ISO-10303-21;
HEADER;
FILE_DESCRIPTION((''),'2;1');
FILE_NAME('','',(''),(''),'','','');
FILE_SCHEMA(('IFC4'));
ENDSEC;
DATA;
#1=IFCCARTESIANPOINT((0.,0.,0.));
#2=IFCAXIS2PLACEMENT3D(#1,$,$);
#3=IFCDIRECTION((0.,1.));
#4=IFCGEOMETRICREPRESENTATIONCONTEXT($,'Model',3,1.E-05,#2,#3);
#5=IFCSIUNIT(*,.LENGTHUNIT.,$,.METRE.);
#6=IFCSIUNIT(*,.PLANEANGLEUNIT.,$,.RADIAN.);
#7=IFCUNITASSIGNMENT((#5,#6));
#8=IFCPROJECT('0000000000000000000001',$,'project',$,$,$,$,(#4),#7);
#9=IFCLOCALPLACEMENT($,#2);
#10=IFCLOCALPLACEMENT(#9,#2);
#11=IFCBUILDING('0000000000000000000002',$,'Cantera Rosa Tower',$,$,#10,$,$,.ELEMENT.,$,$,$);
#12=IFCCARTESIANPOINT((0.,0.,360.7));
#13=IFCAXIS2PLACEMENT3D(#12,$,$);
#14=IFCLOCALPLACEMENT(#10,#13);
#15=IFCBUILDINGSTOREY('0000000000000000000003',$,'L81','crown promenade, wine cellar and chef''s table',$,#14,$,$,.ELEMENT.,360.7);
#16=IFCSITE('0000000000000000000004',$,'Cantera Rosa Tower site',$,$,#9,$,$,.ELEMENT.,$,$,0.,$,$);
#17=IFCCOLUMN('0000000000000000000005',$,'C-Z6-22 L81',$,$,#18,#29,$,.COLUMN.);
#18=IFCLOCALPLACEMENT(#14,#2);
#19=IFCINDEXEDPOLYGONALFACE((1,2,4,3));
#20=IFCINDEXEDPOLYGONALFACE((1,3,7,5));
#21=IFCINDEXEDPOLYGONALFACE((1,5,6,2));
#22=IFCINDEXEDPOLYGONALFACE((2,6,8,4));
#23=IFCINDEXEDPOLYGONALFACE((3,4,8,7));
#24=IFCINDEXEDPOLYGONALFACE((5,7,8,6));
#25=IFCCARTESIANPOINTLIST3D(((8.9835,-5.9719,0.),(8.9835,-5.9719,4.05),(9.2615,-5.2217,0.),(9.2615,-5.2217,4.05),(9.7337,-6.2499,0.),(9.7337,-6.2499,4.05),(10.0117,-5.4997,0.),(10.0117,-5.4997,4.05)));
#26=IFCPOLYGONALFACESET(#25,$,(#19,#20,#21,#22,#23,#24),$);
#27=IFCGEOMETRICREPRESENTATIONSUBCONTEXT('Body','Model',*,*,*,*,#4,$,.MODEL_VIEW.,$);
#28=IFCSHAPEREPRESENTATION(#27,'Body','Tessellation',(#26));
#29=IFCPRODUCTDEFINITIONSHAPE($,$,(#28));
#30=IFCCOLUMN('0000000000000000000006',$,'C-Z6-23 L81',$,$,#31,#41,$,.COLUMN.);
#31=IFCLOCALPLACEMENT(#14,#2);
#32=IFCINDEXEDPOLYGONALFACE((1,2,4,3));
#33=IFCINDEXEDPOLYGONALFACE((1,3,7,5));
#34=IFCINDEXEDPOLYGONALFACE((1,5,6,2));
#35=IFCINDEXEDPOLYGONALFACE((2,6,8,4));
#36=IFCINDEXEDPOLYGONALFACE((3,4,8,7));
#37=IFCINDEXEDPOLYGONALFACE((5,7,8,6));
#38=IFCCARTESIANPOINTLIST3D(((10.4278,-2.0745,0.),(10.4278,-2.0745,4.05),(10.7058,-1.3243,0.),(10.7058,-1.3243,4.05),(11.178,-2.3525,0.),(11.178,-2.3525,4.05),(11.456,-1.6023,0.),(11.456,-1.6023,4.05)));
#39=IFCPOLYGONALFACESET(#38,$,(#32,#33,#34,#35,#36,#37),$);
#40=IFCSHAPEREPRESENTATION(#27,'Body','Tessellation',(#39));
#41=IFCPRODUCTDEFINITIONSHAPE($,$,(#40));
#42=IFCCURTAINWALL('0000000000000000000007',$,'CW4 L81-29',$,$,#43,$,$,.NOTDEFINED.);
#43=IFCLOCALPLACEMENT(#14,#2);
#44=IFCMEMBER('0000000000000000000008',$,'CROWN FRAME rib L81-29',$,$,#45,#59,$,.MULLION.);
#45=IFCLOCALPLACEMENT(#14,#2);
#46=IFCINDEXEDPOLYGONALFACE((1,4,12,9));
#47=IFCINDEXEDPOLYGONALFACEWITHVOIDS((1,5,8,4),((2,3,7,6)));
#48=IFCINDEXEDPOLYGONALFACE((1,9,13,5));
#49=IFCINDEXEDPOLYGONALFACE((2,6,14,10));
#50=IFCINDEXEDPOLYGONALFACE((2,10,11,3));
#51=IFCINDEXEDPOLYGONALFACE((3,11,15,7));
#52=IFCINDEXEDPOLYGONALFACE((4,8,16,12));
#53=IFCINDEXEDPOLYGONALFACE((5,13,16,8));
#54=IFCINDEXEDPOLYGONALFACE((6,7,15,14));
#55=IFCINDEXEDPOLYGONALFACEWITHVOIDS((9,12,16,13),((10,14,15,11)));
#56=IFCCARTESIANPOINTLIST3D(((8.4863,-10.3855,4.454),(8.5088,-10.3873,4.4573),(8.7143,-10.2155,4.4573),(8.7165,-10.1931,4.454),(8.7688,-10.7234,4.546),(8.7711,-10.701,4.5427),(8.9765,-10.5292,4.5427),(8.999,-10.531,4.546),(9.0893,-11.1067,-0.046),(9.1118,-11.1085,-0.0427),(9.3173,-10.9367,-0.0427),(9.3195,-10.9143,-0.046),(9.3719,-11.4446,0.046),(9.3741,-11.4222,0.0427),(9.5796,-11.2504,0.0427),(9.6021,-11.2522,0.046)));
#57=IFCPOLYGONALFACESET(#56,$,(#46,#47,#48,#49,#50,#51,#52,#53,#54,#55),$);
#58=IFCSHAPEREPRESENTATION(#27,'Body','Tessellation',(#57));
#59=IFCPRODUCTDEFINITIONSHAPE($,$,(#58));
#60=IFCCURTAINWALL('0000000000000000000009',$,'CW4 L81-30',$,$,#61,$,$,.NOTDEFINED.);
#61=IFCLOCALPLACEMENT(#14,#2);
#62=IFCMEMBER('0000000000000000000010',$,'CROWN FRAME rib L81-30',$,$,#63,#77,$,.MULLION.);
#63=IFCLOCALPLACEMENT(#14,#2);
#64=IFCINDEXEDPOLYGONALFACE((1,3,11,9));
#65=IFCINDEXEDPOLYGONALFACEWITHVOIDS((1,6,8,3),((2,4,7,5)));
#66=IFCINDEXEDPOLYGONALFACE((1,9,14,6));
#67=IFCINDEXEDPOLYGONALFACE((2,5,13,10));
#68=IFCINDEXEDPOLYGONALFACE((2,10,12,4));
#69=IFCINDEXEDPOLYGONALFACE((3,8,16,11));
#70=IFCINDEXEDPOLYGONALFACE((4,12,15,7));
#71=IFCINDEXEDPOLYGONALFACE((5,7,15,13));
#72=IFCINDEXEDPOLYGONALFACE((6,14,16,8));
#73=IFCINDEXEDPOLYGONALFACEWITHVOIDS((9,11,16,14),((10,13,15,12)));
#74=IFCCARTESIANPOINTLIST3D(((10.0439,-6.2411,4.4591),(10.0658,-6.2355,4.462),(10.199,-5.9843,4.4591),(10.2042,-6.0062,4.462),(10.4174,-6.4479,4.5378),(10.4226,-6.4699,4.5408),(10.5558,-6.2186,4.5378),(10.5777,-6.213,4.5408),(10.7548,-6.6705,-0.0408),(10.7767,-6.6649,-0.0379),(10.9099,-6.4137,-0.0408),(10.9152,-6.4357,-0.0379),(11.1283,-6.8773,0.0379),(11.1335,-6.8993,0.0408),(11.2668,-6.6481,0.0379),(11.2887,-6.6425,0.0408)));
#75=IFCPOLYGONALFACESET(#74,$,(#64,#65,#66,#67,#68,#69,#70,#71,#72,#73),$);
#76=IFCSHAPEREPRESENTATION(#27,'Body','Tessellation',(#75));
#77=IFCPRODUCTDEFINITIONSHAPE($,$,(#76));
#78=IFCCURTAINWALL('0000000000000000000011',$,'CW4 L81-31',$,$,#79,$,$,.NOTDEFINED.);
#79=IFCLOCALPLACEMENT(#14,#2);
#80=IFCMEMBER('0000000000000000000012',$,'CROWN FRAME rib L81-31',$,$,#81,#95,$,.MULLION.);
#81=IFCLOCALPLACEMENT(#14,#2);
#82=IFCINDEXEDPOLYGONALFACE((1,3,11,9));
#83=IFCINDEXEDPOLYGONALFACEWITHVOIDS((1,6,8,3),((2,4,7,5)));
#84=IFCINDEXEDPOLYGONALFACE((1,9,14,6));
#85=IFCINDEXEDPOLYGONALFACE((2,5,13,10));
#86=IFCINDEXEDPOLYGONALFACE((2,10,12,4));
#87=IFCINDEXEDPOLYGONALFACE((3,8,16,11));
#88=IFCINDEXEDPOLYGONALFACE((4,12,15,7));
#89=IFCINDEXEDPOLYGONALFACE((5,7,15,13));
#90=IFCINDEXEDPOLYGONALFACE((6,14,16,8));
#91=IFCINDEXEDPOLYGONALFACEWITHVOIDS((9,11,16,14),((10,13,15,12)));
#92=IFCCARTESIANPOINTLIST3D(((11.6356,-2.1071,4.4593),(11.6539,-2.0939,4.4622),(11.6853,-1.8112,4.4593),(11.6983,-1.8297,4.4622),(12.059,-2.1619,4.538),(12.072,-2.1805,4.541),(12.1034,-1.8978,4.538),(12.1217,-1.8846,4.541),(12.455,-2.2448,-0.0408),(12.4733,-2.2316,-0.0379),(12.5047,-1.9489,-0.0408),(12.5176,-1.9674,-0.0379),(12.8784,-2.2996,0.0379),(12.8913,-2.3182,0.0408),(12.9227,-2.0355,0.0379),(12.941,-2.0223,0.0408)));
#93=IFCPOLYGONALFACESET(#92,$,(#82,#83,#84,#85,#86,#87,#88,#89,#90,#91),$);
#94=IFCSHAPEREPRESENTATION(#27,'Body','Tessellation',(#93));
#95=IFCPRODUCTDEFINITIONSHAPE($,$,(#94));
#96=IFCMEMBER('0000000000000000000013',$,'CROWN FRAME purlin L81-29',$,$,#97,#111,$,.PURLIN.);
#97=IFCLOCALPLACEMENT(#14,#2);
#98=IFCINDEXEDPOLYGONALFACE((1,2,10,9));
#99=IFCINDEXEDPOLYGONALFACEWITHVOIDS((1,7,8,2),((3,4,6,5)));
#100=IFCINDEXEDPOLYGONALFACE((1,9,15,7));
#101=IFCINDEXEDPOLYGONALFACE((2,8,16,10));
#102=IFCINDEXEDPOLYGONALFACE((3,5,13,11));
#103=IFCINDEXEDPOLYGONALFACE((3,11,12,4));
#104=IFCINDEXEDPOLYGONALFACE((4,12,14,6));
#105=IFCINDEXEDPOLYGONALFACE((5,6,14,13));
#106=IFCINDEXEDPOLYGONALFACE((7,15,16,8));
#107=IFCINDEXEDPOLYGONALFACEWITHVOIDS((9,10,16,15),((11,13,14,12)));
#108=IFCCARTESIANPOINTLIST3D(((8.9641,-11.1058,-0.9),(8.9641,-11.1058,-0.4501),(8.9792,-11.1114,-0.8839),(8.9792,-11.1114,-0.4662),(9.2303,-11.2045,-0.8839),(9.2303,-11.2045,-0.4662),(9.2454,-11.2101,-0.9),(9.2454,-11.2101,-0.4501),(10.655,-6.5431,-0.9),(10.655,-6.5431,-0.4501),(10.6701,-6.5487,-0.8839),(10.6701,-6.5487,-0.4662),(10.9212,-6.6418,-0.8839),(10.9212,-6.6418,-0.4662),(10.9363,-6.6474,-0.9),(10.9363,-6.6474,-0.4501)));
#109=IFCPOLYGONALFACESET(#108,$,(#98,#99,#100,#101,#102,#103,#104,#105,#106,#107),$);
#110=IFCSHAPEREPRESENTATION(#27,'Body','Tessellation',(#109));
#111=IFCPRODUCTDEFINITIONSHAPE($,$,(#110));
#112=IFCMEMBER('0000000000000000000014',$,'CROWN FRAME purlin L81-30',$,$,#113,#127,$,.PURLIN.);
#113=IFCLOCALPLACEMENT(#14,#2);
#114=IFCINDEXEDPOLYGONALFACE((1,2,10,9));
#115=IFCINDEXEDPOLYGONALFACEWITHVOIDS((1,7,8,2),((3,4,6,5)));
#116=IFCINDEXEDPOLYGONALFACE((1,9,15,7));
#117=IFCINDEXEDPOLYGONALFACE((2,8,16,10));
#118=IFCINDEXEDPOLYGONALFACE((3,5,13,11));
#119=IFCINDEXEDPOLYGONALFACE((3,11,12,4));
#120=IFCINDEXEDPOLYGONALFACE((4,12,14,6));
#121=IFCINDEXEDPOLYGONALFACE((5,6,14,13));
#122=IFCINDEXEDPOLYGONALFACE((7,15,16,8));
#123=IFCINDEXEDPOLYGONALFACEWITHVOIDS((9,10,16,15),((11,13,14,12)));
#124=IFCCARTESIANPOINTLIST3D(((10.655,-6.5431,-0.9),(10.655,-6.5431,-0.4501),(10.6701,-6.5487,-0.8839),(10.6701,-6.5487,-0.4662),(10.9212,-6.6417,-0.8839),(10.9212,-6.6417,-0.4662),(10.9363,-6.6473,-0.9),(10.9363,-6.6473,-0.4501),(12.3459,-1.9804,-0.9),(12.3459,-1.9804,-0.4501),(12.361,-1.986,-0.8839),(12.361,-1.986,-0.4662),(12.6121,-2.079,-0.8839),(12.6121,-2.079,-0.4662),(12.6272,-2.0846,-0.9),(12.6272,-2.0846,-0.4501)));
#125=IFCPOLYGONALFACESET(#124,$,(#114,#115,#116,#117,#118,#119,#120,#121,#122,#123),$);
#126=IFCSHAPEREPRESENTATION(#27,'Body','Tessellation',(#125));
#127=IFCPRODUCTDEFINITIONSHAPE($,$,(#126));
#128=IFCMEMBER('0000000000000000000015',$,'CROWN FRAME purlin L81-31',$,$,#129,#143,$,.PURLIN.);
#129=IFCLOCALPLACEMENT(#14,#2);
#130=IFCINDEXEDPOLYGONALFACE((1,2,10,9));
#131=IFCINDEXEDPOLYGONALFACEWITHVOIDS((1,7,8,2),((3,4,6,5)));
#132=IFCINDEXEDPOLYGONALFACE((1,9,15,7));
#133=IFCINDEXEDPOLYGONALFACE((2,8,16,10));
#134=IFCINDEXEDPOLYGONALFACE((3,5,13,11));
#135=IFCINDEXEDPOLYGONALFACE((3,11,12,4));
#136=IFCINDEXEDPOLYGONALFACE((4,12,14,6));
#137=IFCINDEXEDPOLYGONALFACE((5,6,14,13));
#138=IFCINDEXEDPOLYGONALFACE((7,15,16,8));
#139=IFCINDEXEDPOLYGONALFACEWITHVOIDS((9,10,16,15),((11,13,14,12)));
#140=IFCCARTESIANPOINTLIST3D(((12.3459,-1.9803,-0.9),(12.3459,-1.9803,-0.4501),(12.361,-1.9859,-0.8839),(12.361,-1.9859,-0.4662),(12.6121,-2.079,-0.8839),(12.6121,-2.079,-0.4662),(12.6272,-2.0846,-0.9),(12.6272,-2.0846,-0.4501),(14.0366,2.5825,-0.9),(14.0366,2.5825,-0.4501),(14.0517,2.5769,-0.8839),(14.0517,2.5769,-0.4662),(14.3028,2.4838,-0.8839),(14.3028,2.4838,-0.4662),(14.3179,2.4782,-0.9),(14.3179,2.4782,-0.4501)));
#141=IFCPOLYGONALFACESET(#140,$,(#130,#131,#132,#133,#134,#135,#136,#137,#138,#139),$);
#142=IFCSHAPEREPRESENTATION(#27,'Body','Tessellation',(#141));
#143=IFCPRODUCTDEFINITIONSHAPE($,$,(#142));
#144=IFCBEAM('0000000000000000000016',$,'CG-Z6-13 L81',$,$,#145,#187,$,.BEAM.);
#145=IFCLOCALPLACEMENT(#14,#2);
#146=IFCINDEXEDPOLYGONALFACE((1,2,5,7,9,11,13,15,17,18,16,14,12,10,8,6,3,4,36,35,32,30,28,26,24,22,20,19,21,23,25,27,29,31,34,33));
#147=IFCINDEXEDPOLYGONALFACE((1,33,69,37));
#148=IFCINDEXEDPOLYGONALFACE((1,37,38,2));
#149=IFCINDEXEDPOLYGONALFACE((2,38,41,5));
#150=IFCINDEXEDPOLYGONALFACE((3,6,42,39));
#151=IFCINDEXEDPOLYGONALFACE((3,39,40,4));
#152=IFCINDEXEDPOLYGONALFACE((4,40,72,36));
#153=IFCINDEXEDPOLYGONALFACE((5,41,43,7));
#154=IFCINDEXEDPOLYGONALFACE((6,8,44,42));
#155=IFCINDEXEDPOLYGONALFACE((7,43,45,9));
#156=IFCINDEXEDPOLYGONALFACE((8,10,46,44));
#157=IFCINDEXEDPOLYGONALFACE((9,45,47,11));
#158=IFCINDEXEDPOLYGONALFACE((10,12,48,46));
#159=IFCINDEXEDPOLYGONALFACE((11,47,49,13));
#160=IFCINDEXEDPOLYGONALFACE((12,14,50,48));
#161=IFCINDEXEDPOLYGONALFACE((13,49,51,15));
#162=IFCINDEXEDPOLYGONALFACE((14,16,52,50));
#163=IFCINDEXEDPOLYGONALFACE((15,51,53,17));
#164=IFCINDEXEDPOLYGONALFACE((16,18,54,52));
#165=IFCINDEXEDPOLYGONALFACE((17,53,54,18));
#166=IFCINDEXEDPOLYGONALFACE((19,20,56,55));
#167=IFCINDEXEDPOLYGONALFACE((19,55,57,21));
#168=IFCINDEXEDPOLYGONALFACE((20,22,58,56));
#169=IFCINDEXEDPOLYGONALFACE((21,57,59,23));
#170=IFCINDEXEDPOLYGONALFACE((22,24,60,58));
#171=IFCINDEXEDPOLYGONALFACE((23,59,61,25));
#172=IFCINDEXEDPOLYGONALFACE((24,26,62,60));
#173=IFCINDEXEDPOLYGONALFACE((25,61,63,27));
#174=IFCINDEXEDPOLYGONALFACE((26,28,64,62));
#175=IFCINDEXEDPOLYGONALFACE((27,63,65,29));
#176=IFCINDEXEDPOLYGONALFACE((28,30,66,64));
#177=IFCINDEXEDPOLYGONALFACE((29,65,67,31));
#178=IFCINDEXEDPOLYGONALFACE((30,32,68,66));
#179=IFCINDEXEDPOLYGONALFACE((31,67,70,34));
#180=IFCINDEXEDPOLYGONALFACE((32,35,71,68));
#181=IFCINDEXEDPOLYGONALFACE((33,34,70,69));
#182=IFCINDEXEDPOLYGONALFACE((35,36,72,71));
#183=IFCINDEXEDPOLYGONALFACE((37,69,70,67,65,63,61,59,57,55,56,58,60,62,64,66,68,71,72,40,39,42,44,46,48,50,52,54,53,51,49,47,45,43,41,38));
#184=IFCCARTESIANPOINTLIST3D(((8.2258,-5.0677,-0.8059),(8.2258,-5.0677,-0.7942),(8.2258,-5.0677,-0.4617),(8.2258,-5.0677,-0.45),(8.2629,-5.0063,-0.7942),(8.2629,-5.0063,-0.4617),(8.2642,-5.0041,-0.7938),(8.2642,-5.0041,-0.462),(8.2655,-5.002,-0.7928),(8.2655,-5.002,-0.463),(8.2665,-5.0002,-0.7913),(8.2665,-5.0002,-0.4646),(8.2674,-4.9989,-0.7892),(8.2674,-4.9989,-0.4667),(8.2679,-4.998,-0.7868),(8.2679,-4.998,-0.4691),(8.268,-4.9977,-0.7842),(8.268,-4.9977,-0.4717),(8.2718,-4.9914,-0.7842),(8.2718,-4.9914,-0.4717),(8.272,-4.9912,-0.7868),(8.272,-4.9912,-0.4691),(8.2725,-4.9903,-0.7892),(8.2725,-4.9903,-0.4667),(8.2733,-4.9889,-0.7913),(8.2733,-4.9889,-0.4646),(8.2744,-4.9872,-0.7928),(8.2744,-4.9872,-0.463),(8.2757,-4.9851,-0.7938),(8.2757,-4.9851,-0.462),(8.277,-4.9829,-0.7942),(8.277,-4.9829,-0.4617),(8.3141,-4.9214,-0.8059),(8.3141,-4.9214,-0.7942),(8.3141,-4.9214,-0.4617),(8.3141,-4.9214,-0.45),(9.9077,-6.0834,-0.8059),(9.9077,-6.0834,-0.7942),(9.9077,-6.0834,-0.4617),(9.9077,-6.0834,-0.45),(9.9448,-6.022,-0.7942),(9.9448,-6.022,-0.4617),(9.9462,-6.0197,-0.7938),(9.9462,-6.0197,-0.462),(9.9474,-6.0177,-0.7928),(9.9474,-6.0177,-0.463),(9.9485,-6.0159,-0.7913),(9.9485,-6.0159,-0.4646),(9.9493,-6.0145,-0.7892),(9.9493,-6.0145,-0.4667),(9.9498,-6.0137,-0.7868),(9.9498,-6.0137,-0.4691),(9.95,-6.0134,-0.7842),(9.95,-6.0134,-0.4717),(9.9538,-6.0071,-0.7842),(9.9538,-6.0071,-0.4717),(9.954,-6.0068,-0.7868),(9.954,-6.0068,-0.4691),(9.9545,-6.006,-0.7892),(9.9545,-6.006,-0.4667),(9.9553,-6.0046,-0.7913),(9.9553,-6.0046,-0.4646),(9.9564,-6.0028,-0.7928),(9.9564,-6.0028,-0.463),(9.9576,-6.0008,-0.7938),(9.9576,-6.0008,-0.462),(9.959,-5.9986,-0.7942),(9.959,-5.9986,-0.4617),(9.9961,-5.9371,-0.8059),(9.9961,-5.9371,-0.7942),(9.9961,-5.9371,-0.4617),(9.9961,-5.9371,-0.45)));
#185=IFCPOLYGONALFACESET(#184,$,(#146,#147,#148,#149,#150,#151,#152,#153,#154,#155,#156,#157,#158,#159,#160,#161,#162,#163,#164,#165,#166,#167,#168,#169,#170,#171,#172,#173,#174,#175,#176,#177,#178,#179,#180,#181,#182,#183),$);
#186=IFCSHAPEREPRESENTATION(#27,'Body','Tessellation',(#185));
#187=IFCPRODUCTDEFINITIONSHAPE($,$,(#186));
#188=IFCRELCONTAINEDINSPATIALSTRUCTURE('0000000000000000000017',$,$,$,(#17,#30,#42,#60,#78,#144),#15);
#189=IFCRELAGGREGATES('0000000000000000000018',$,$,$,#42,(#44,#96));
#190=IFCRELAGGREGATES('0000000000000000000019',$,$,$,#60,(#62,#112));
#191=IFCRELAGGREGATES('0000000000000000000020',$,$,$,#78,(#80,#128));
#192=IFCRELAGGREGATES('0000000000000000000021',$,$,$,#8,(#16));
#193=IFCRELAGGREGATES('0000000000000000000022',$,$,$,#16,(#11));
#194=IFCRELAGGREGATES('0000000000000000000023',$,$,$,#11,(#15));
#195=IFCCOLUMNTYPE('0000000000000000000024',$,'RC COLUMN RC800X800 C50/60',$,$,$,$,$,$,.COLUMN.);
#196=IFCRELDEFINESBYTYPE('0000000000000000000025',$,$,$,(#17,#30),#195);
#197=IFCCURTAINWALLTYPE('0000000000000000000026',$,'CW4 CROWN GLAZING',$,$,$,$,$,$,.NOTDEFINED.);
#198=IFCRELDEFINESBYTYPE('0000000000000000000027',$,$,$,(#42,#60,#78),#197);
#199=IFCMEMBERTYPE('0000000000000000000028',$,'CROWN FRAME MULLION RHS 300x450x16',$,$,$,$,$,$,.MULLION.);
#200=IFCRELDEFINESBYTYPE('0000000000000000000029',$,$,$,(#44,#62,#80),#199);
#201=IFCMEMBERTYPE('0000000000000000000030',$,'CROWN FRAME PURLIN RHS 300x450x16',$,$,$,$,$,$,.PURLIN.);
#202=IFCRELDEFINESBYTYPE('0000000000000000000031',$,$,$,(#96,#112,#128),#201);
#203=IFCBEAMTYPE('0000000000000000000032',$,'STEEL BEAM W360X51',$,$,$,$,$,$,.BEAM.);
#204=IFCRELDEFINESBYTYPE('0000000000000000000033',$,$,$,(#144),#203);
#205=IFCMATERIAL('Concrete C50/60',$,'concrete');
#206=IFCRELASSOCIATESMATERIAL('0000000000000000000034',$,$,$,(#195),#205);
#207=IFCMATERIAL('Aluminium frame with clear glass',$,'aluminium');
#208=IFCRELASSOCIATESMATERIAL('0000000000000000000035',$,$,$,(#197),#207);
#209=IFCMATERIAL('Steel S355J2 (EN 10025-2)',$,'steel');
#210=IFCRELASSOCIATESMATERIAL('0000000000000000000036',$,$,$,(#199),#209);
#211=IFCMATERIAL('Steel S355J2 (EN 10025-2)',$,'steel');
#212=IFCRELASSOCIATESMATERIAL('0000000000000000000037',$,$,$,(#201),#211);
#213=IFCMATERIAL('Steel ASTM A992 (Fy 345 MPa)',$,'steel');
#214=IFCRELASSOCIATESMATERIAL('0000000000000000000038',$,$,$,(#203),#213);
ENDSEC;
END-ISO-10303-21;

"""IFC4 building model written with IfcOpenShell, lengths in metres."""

from ifc_helpers import new_model, si_unit, direction, frame, origin, origin_2d, place, context, subcontext, project, spatial, rectangle, hollow_rectangle, i_section, extrude, material, material_profile, profile_set, type_object, element, aggregate, save


model = new_model("IFC4")

# Units and contexts
model_context = context("Model", 3, precision=1e-05, world=origin(), true_north=direction((0.0, 1.0)))
body_context = subcontext(model_context, "Body", "Model", "MODEL_VIEW")
ifc_project = project(units=[si_unit("LENGTHUNIT", "METRE"), si_unit("PLANEANGLEUNIT", "RADIAN")], contexts=[model_context])

# Site, building, storey
site_placement = place(None, origin())
site = spatial("IfcSite", under=ifc_project, at=site_placement, Name="Cantera Rosa Tower site", CompositionType="ELEMENT", RefElevation=0.0)
building_placement = place(site_placement, origin())
building = spatial("IfcBuilding", under=site, at=building_placement, Name="Cantera Rosa Tower", CompositionType="ELEMENT")
storey_placement = place(building_placement, frame((0.0, 0.0, 360.7)))
storey = spatial("IfcBuildingStorey", under=building, at=storey_placement, Name="L81", Description="crown promenade, wine cellar and chef's table", CompositionType="ELEMENT", Elevation=360.7)

# Columns
ifc_material_1 = material(Name="Concrete C50/60", Category="concrete")
ifc_material_profile_1 = material_profile(ifc_material_1, rectangle(XDim=0.8, YDim=0.8, at=origin_2d()), Name="RC COLUMN RC800X800 C50/60")
ifc_profile_set_1 = profile_set([ifc_material_profile_1], Name="Concrete C50/60")
column_type = type_object("IfcColumnType", Name="RC COLUMN RC800X800 C50/60", PredefinedType="COLUMN", material=ifc_profile_set_1)
for number, where, z_axis, x_axis, name in (
    (1, (9.4976, -5.7358, 0.0), (0.0, 0.0, 1.0), (0.347481, 0.937687, 0.0), "C-Z6-22 L81"),
    (2, (10.9419, -1.8384, 0.0), (0.0, 0.0, 1.0), (0.347481, 0.937687, 0.0), "C-Z6-23 L81"),
):
    element("IfcColumn", number, at=place(storey_placement, frame(where, z_axis=z_axis, x_axis=x_axis)), inside=storey, type_object=column_type, Name=name, PredefinedType="COLUMN", context=body_context, shape_type="SweptSolid", body=[
        extrude(rectangle(XDim=0.8, YDim=0.8, at=origin_2d()), origin(), (0.0, 0.0, 1.0), 4.05),
    ])

# Curtain walls, members
ifc_material_2 = material(Name="Aluminium frame with clear glass", Category="aluminium")
curtain_wall_type = type_object("IfcCurtainWallType", Name="CW4 CROWN GLAZING", PredefinedType="NOTDEFINED", material=ifc_material_2)
curtain_wall_1_placement = place(storey_placement, origin())
curtain_wall_1 = element("IfcCurtainWall", 3, at=curtain_wall_1_placement, inside=storey, type_object=curtain_wall_type, Name="CW4 L81-29", PredefinedType="NOTDEFINED")
ifc_material_3 = material(Name="Steel S355J2 (EN 10025-2)", Category="steel")
ifc_material_profile_2 = material_profile(ifc_material_3, hollow_rectangle(XDim=0.3, YDim=0.45, WallThickness=0.0161, at=origin_2d()), Name="CROWN FRAME MULLION RHS 300x450x16")
ifc_profile_set_2 = profile_set([ifc_material_profile_2], Name="Steel S355J2 (EN 10025-2)")
member_type_1 = type_object("IfcMemberType", Name="CROWN FRAME MULLION RHS 300x450x16", PredefinedType="MULLION", material=ifc_profile_set_2)
member_1_placement = place(storey_placement, frame((9.3457, -11.1794, 0.0), z_axis=(-0.131174, 0.156878, 0.978868), x_axis=(-0.767156, -0.641461, 0.0)))
member_1 = element("IfcMember", 4, at=member_1_placement, type_object=member_type_1, Name="CROWN FRAME rib L81-29", PredefinedType="MULLION", context=body_context, shape_type="SweptSolid", body=[
    extrude(hollow_rectangle(XDim=0.3, YDim=0.45, WallThickness=0.0161, at=origin_2d()), origin(), (0.0, 0.0, 1.0), 4.5972),
])
curtain_wall_2_placement = place(storey_placement, origin())
curtain_wall_2 = element("IfcCurtainWall", 5, at=curtain_wall_2_placement, inside=storey, type_object=curtain_wall_type, Name="CW4 L81-30", PredefinedType="NOTDEFINED")
member_2_placement = place(storey_placement, frame((11.0217, -6.6565, 0.0), z_axis=(-0.155362, 0.093847, 0.98339), x_axis=(-0.517044, -0.855959, 0.0)))
member_2 = element("IfcMember", 6, at=member_2_placement, type_object=member_type_1, Name="CROWN FRAME rib L81-30", PredefinedType="MULLION", context=body_context, shape_type="SweptSolid", body=[
    extrude(hollow_rectangle(XDim=0.3, YDim=0.45, WallThickness=0.0161, at=origin_2d()), origin(), (0.0, 0.0, 1.0), 4.5759),
])
curtain_wall_3_placement = place(storey_placement, origin())
curtain_wall_3 = element("IfcCurtainWall", 7, at=curtain_wall_3_placement, inside=storey, type_object=curtain_wall_type, Name="CW4 L81-31", PredefinedType="NOTDEFINED")
member_3_placement = place(storey_placement, frame((12.698, -2.1335, 0.0), z_axis=(-0.179049, 0.03009, 0.98338), x_axis=(-0.165733, -0.986171, 0.0)))
member_3 = element("IfcMember", 8, at=member_3_placement, type_object=member_type_1, Name="CROWN FRAME rib L81-31", PredefinedType="MULLION", context=body_context, shape_type="SweptSolid", body=[
    extrude(hollow_rectangle(XDim=0.3, YDim=0.45, WallThickness=0.0161, at=origin_2d()), origin(), (0.0, 0.0, 1.0), 4.5762),
])

# Members
ifc_material_4 = material(Name="Steel S355J2 (EN 10025-2)", Category="steel")
ifc_material_profile_3 = material_profile(ifc_material_4, hollow_rectangle(XDim=0.3, YDim=0.45, WallThickness=0.0161, at=origin_2d()), Name="CROWN FRAME PURLIN RHS 300x450x16")
ifc_profile_set_3 = profile_set([ifc_material_profile_3], Name="Steel S355J2 (EN 10025-2)")
member_type_2 = type_object("IfcMemberType", Name="CROWN FRAME PURLIN RHS 300x450x16", PredefinedType="PURLIN", material=ifc_profile_set_3)
member_4_placement = place(storey_placement, frame((9.1047, -11.158, -0.675), z_axis=(0.347497, 0.937681, 0.0), x_axis=(-0.937681, 0.347497, 0.0)))
member_4 = element("IfcMember", 9, at=member_4_placement, type_object=member_type_2, Name="CROWN FRAME purlin L81-29", PredefinedType="PURLIN", context=body_context, shape_type="SweptSolid", body=[
    extrude(hollow_rectangle(XDim=0.3, YDim=0.45, WallThickness=0.0161, at=origin_2d()), origin(), (0.0, 0.0, 1.0), 4.866),
])
member_5_placement = place(storey_placement, frame((10.7957, -6.5952, -0.675), z_axis=(0.347497, 0.937681, 0.0), x_axis=(-0.937681, 0.347497, 0.0)))
member_5 = element("IfcMember", 10, at=member_5_placement, type_object=member_type_2, Name="CROWN FRAME purlin L81-30", PredefinedType="PURLIN", context=body_context, shape_type="SweptSolid", body=[
    extrude(hollow_rectangle(XDim=0.3, YDim=0.45, WallThickness=0.0161, at=origin_2d()), origin(), (0.0, 0.0, 1.0), 4.866),
])
member_6_placement = place(storey_placement, frame((12.4866, -2.0325, -0.675), z_axis=(0.347453, 0.937697, 0.0), x_axis=(-0.937697, 0.347453, 0.0)))
member_6 = element("IfcMember", 11, at=member_6_placement, type_object=member_type_2, Name="CROWN FRAME purlin L81-31", PredefinedType="PURLIN", context=body_context, shape_type="SweptSolid", body=[
    extrude(hollow_rectangle(XDim=0.3, YDim=0.45, WallThickness=0.0161, at=origin_2d()), origin(), (0.0, 0.0, 1.0), 4.866),
])

# Beam
ifc_material_5 = material(Name="Steel ASTM A992 (Fy 345 MPa)", Category="steel")
ifc_material_profile_4 = material_profile(ifc_material_5, i_section(OverallWidth=0.1709, OverallDepth=0.356, WebThickness=0.0073, FlangeThickness=0.0117, FilletRadius=0.01, at=origin_2d()), Name="W360X51")
ifc_profile_set_4 = profile_set([ifc_material_profile_4], Name="Steel ASTM A992 (Fy 345 MPa)")
beam_type_1 = type_object("IfcBeamType", Name="STEEL BEAM W360X51", PredefinedType="BEAM", material=ifc_profile_set_4)
beam_1_placement = place(storey_placement, frame((9.9519, -6.0103, -0.6279), z_axis=(-0.856031, 0.516924, 0.0), x_axis=(-0.516924, -0.856031, 0.0)))
element("IfcBeam", 12, at=beam_1_placement, inside=storey, type_object=beam_type_1, Name="CG-Z6-13 L81", PredefinedType="BEAM", context=body_context, shape_type="SweptSolid", body=[
    extrude(i_section(OverallWidth=0.1709, OverallDepth=0.356, WebThickness=0.0073, FlangeThickness=0.0117, FilletRadius=0.01, at=origin_2d()), origin(), (0.0, 0.0, 1.0), 1.9648),
])

aggregate(curtain_wall_1, [member_1, member_4])
aggregate(curtain_wall_2, [member_2, member_5])
aggregate(curtain_wall_3, [member_3, member_6])

save(model, "model.ifc")
